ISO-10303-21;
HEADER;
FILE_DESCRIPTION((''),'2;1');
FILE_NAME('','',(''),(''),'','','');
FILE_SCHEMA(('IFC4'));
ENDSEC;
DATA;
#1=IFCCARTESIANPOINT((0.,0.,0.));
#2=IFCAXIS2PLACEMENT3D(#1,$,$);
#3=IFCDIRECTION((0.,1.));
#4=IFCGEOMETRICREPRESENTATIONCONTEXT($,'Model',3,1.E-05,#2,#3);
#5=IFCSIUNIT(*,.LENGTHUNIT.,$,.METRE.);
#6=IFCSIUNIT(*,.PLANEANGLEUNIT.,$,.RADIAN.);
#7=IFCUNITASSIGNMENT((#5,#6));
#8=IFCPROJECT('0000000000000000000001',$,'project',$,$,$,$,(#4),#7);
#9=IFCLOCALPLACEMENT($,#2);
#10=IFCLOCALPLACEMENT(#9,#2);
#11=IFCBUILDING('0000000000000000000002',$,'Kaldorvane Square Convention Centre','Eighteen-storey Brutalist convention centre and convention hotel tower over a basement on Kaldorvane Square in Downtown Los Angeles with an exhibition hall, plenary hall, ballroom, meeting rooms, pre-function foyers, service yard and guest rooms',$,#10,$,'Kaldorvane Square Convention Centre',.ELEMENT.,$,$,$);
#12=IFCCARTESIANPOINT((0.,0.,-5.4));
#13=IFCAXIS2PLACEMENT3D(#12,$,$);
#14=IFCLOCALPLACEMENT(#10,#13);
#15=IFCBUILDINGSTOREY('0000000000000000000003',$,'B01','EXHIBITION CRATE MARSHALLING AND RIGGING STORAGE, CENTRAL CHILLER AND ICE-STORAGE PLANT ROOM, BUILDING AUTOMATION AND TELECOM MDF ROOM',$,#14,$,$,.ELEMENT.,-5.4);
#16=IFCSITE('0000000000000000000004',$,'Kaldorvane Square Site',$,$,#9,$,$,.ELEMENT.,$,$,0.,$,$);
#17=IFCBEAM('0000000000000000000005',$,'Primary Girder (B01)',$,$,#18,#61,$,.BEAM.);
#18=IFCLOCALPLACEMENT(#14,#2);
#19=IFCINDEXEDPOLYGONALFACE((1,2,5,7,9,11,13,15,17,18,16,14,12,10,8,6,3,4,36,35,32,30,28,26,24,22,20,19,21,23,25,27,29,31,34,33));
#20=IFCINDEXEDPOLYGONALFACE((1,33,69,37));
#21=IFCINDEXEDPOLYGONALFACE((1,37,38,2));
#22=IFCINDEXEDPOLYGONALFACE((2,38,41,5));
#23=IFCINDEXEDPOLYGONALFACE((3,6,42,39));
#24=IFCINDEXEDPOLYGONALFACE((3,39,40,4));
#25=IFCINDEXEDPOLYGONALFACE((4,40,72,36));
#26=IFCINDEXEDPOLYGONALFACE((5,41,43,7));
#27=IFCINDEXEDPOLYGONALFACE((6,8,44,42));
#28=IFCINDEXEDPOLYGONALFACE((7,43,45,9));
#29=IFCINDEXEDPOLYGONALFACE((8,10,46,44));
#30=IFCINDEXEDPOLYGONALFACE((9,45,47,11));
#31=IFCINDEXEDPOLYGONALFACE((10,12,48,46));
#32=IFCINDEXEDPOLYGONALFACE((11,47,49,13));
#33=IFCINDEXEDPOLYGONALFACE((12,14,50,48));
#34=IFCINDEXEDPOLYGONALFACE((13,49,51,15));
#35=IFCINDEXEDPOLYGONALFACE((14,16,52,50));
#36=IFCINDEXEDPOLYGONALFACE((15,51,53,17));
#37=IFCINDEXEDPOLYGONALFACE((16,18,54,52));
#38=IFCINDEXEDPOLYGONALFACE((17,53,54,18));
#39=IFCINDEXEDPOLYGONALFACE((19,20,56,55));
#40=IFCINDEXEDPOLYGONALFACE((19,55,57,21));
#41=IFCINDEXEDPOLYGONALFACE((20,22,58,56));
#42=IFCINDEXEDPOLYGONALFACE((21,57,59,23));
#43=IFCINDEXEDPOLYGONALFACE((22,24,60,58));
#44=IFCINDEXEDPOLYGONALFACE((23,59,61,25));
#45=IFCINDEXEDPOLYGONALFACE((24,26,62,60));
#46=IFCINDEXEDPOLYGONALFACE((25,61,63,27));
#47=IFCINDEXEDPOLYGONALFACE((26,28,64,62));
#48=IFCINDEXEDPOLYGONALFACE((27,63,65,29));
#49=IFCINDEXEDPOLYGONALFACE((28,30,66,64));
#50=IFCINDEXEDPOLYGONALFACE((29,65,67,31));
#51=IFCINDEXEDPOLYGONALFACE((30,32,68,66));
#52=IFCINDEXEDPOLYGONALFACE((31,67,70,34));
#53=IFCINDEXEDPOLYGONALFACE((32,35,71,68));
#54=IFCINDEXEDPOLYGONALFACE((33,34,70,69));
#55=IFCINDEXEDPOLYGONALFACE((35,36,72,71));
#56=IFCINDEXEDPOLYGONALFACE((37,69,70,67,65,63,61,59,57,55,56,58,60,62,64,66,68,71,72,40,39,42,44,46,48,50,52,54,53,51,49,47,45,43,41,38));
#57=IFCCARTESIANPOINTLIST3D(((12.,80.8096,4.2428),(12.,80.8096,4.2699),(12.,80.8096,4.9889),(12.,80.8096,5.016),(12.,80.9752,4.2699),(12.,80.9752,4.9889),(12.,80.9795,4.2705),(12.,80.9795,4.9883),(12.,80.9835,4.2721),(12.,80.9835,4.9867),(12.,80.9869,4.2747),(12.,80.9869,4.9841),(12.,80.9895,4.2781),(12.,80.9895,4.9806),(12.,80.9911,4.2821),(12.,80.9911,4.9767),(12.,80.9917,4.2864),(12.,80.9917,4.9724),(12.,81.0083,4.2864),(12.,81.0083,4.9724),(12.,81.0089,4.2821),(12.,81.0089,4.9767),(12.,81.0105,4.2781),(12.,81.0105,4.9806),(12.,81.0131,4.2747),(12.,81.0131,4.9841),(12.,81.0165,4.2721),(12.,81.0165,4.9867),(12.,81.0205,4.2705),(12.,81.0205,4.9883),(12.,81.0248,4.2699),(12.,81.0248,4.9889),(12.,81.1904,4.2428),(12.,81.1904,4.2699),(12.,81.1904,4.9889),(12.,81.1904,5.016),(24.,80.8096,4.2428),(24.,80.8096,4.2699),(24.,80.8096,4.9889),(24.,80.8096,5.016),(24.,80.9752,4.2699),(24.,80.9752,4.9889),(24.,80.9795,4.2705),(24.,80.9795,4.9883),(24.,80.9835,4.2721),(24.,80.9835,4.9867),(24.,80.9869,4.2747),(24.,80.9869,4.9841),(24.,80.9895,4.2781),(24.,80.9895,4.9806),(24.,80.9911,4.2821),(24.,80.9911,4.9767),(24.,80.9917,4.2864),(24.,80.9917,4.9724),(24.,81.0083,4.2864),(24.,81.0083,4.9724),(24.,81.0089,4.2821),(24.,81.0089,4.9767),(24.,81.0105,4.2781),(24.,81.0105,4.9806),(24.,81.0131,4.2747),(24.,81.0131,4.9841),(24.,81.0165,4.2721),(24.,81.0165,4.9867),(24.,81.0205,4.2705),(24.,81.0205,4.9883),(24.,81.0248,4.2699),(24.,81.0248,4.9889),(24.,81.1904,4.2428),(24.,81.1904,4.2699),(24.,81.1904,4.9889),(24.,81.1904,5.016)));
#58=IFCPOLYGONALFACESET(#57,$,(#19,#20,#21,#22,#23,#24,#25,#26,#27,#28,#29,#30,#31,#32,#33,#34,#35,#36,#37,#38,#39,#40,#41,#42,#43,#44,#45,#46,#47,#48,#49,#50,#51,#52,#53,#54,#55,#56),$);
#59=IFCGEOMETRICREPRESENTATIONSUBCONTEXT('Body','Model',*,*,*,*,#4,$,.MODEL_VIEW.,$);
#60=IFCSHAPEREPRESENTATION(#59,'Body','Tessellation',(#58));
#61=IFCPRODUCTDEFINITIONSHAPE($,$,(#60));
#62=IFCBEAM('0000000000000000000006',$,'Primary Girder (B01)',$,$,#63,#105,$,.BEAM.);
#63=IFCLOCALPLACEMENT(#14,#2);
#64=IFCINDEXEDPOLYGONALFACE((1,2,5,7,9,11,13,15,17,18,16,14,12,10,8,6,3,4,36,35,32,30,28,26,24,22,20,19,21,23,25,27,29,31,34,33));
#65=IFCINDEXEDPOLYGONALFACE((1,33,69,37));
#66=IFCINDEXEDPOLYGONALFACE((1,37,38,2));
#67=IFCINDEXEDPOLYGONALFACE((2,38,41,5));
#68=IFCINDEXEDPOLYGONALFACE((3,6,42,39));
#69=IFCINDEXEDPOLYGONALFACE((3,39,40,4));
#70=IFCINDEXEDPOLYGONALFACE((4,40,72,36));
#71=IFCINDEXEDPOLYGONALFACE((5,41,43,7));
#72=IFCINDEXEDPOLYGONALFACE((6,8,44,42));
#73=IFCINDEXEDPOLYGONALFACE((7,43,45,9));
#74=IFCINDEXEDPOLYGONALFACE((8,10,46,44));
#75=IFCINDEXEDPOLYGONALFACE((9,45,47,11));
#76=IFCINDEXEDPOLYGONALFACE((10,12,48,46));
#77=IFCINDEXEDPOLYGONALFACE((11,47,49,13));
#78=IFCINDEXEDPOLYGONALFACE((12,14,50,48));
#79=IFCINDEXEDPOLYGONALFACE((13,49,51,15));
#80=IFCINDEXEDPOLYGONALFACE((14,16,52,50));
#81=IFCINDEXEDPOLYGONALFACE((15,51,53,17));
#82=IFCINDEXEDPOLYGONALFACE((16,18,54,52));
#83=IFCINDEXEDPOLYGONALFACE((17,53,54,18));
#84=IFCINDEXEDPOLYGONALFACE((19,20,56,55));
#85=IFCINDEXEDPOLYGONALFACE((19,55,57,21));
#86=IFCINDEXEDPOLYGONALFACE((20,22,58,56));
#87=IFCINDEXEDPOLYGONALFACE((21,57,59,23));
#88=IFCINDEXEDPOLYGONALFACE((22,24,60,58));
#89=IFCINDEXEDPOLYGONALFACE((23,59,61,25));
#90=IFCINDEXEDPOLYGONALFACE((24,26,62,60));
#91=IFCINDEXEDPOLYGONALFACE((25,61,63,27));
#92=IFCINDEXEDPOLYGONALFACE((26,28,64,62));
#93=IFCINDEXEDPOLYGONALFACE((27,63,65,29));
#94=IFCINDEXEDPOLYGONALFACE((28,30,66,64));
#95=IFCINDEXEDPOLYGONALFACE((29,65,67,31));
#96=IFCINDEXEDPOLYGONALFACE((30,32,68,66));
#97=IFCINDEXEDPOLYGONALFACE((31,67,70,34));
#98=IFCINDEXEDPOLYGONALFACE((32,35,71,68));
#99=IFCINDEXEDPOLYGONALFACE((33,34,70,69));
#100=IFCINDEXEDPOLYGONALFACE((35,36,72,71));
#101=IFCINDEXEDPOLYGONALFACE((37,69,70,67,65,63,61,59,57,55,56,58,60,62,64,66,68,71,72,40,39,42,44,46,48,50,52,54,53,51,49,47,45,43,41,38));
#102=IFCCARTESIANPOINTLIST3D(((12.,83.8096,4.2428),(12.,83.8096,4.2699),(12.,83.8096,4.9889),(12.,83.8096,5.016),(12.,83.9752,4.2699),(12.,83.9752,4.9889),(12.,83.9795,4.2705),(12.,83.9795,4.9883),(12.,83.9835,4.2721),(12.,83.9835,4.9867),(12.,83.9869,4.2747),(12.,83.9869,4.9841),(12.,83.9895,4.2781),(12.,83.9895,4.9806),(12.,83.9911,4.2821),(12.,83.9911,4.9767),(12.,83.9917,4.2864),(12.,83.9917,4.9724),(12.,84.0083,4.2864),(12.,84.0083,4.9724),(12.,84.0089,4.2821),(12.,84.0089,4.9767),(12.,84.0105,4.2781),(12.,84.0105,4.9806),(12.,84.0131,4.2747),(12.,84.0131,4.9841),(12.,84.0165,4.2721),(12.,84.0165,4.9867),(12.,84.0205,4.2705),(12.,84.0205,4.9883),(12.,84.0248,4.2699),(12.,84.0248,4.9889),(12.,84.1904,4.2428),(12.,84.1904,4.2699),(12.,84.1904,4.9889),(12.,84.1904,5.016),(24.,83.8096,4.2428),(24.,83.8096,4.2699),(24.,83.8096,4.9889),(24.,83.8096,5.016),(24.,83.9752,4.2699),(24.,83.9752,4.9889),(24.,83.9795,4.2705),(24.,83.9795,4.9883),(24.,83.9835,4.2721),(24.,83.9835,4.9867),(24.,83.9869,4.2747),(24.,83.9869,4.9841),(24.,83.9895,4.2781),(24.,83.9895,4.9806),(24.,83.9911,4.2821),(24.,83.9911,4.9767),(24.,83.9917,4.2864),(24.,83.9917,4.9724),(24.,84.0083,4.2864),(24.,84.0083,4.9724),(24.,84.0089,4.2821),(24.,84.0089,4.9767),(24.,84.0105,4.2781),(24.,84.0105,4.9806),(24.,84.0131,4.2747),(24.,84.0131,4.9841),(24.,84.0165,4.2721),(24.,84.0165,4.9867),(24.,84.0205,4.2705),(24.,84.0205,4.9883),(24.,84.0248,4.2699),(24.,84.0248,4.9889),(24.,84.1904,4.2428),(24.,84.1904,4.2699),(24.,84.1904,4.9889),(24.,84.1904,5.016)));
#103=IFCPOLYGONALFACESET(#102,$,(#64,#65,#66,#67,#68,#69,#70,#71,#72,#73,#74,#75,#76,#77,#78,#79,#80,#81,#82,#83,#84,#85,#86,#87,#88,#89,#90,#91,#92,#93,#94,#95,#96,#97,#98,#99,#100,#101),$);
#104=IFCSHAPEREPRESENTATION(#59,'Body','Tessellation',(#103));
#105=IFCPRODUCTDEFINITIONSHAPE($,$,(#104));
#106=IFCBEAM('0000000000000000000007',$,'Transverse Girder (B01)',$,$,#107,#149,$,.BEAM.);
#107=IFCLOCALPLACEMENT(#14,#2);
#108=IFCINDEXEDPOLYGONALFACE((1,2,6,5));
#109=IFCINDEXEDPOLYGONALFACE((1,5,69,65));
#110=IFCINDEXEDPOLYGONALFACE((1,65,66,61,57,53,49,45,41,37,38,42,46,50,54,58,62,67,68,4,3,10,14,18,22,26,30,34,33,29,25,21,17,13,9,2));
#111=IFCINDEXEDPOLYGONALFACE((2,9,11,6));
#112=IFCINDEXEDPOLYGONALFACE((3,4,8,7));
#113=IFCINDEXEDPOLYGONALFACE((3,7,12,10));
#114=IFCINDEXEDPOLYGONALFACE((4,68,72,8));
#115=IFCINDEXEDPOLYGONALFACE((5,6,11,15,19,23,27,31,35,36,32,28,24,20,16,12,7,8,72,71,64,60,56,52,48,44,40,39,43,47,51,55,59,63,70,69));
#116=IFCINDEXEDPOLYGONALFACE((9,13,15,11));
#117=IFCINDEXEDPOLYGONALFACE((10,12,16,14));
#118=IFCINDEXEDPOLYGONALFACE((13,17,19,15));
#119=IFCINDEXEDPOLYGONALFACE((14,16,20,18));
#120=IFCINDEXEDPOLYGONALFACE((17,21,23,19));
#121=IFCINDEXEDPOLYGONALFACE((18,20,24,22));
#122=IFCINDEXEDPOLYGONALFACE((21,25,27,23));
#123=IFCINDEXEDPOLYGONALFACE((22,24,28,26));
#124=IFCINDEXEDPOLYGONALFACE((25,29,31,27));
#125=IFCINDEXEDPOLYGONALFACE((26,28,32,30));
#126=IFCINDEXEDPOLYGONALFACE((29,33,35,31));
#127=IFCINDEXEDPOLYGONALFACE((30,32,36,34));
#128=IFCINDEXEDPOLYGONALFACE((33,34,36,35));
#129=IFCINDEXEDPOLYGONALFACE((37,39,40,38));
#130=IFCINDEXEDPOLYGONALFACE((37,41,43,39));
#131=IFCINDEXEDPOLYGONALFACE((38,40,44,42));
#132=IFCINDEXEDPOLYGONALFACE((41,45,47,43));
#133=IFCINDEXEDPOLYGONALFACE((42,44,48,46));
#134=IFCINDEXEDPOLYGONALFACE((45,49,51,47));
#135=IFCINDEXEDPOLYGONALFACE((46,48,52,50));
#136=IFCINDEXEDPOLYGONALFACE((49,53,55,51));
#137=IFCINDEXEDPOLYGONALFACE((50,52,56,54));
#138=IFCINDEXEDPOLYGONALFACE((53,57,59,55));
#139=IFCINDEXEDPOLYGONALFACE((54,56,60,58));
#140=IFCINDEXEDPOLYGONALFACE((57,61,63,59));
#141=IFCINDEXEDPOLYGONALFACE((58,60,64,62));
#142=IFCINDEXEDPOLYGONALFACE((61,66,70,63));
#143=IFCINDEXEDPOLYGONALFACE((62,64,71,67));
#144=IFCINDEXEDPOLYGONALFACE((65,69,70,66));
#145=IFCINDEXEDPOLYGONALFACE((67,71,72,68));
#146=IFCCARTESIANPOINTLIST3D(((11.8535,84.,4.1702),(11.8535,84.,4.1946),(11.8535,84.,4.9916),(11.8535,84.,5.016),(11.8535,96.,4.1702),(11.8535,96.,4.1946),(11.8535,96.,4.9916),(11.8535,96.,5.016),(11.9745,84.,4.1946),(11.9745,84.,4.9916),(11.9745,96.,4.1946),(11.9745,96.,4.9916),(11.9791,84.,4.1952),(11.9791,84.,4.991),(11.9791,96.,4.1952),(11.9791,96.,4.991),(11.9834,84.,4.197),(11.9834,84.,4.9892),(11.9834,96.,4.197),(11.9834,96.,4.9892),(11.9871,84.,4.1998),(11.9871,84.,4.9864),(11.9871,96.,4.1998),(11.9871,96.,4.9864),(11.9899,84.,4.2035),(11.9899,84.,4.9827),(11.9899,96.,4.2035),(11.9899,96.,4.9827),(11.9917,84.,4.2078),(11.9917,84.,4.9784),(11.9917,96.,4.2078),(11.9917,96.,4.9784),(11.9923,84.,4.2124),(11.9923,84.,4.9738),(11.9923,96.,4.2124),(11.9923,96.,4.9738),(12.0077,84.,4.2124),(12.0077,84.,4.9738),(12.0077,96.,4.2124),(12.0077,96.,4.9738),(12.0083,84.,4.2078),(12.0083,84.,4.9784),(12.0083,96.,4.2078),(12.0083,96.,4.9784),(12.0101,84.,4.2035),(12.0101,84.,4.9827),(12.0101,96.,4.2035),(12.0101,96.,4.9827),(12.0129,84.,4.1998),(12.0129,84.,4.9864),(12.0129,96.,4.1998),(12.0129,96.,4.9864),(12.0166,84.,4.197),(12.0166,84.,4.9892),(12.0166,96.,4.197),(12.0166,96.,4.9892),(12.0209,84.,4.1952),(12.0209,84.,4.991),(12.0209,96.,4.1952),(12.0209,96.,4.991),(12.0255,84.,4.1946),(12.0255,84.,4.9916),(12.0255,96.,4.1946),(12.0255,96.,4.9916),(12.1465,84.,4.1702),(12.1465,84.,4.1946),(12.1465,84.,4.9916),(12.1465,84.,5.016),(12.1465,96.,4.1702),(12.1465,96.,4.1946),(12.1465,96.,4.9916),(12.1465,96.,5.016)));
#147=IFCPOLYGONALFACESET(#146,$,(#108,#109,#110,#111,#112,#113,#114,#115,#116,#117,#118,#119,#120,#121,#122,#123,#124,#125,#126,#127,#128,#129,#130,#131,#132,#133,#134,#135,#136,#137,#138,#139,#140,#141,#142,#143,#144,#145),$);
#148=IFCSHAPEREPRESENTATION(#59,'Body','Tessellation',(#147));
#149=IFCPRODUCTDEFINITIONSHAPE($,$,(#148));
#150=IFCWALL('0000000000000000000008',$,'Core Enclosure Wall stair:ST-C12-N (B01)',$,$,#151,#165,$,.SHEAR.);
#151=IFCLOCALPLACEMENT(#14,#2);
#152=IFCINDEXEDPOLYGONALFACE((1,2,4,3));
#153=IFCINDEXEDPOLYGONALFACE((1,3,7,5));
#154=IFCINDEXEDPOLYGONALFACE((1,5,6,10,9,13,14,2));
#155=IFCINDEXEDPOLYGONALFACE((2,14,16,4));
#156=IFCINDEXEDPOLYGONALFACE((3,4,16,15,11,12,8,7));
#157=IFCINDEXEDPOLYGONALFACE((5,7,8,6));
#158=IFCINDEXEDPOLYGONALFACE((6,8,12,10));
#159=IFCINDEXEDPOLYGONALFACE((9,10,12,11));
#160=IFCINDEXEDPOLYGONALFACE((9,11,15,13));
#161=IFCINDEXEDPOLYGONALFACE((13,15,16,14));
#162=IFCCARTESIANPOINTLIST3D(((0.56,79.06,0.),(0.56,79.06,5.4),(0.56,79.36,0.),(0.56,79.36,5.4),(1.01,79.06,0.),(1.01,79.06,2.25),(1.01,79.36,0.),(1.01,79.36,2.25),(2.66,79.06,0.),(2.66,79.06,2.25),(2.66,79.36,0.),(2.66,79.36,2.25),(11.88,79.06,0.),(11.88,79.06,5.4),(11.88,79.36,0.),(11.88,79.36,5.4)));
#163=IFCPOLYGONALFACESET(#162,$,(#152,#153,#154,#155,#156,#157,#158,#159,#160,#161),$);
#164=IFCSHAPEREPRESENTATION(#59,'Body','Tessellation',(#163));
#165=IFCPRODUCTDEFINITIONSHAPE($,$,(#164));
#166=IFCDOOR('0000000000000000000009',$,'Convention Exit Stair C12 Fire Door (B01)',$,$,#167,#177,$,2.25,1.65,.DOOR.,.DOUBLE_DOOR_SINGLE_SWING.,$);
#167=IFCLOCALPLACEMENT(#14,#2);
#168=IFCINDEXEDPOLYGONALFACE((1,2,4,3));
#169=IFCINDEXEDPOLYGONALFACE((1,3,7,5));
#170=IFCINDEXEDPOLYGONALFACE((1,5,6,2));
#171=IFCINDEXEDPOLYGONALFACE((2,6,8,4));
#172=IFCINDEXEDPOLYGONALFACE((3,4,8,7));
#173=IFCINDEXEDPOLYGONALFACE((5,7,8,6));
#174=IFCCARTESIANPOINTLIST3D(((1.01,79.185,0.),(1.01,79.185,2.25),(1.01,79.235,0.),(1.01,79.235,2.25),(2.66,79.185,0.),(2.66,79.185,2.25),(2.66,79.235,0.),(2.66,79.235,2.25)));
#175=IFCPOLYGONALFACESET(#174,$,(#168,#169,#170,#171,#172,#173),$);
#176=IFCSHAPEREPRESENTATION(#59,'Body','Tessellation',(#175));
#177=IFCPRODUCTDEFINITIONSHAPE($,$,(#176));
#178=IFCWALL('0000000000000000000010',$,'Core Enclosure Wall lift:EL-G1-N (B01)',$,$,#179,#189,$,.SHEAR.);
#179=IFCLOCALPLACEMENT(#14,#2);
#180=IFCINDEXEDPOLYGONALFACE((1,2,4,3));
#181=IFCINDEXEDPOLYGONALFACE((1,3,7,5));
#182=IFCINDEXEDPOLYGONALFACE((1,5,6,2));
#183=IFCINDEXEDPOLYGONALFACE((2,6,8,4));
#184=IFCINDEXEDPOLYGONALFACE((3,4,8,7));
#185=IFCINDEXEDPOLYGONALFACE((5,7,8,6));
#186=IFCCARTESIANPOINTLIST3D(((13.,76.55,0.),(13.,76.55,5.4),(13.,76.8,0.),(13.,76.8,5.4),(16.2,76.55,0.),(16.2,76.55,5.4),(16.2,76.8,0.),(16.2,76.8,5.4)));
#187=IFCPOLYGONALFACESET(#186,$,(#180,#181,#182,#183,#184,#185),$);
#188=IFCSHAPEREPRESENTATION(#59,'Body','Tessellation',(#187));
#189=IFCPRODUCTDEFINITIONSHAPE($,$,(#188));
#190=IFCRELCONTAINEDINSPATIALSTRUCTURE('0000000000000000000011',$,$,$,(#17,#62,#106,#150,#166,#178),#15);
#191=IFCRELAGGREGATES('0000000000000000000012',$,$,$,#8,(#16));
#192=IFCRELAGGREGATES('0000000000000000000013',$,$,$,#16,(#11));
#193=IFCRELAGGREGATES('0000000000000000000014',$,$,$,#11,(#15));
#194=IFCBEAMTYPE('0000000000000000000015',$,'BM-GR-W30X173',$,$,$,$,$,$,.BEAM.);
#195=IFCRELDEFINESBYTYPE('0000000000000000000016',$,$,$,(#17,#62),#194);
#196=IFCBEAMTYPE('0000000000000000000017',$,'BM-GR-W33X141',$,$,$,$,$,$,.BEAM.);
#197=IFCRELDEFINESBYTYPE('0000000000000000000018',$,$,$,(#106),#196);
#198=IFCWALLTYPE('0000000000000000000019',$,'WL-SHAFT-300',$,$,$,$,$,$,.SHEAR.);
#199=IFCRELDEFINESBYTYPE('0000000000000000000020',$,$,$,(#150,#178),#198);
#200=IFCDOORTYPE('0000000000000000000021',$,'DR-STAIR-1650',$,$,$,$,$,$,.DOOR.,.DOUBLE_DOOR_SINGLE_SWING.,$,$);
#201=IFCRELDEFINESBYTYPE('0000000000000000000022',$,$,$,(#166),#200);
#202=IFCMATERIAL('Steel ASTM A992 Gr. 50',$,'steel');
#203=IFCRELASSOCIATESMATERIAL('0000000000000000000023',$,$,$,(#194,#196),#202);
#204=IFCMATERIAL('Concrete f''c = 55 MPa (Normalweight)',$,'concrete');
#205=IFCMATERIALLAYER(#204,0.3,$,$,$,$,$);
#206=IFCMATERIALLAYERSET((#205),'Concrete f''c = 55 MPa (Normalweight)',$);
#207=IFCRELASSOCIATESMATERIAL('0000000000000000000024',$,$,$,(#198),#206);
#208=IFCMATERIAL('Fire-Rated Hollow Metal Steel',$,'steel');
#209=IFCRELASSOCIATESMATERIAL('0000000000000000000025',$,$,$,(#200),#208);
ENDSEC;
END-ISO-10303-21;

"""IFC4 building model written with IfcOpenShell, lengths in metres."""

from ifc_helpers import new_model, si_unit, direction, frame, frame_2d, origin, origin_2d, place, context, subcontext, project, spatial, rectangle, i_section, extrude, material, layer, layer_set, material_profile, profile_set, type_object, element, fill, save


model = new_model("IFC4")

# Units and contexts
model_context = context("Model", 3, precision=1e-05, world=origin(), true_north=direction((0.0, 1.0)))
body_context = subcontext(model_context, "Body", "Model", "MODEL_VIEW")
ifc_project = project(units=[si_unit("LENGTHUNIT", "METRE"), si_unit("PLANEANGLEUNIT", "RADIAN")], contexts=[model_context])

# Site, building, storey
site_placement = place(None, origin())
site = spatial("IfcSite", under=ifc_project, at=site_placement, Name="Kaldorvane Square Site", CompositionType="ELEMENT", RefElevation=0.0)
building_placement = place(site_placement, origin())
building = spatial("IfcBuilding", under=site, at=building_placement, Name="Kaldorvane Square Convention Centre", Description="Eighteen-storey Brutalist convention centre and convention hotel tower over a basement on Kaldorvane Square in Downtown Los Angeles with an exhibition hall, plenary hall, ballroom, meeting rooms, pre-function foyers, service yard and guest rooms", LongName="Kaldorvane Square Convention Centre", CompositionType="ELEMENT")
storey_placement = place(building_placement, frame((0.0, 0.0, -5.4)))
storey = spatial("IfcBuildingStorey", under=building, at=storey_placement, Name="B01", Description="EXHIBITION CRATE MARSHALLING AND RIGGING STORAGE, CENTRAL CHILLER AND ICE-STORAGE PLANT ROOM, BUILDING AUTOMATION AND TELECOM MDF ROOM", CompositionType="ELEMENT", Elevation=-5.4)

# Shared definitions
ifc_material_1 = material(Name="Steel ASTM A992 Gr. 50", Category="steel")

# Beams
ifc_material_profile_1 = material_profile(ifc_material_1, i_section(OverallWidth=0.3807, OverallDepth=0.7732, WebThickness=0.0166, FlangeThickness=0.0271, FilletRadius=0.0165, at=origin_2d()), Name="W30X173")
ifc_profile_set_1 = profile_set([ifc_material_profile_1], Name="Steel ASTM A992 Gr. 50")
beam_type_1 = type_object("IfcBeamType", Name="BM-GR-W30X173", PredefinedType="BEAM", material=ifc_profile_set_1)
for number, where, z_axis, x_axis, name in (
    (1, (12.0, 81.0, 4.6294), (1.0, 0.0, 0.0), (0.0, 1.0, 0.0), "Primary Girder (B01)"),
    (2, (12.0, 84.0, 4.6294), (1.0, 0.0, 0.0), (0.0, 1.0, 0.0), "Primary Girder (B01)"),
):
    element("IfcBeam", number, at=place(storey_placement, frame(where, z_axis=z_axis, x_axis=x_axis)), inside=storey, type_object=beam_type_1, Name=name, PredefinedType="BEAM", context=body_context, shape_type="SweptSolid", body=[
        extrude(i_section(OverallWidth=0.3807, OverallDepth=0.7732, WebThickness=0.0166, FlangeThickness=0.0271, FilletRadius=0.0165, at=origin_2d()), origin(), (0.0, 0.0, 1.0), 12.0),
    ])
ifc_material_profile_2 = material_profile(ifc_material_1, i_section(OverallWidth=0.293, OverallDepth=0.8458, WebThickness=0.0154, FlangeThickness=0.0244, FilletRadius=0.0178, at=origin_2d()), Name="W33X141")
ifc_profile_set_2 = profile_set([ifc_material_profile_2], Name="Steel ASTM A992 Gr. 50")
beam_type_2 = type_object("IfcBeamType", Name="BM-GR-W33X141", PredefinedType="BEAM", material=ifc_profile_set_2)
beam_1_placement = place(storey_placement, frame((12.0, 84.0, 4.5931), z_axis=(0.0, 1.0, 0.0), x_axis=(-1.0, 0.0, 0.0)))
element("IfcBeam", 3, at=beam_1_placement, inside=storey, type_object=beam_type_2, Name="Transverse Girder (B01)", PredefinedType="BEAM", context=body_context, shape_type="SweptSolid", body=[
    extrude(i_section(OverallWidth=0.293, OverallDepth=0.8458, WebThickness=0.0154, FlangeThickness=0.0244, FilletRadius=0.0178, at=origin_2d()), origin(), (0.0, 0.0, 1.0), 12.0),
])

# Wall, opening, door
ifc_material_2 = material(Name="Concrete f'c = 55 MPa (Normalweight)", Category="concrete")
ifc_layer = layer(ifc_material_2, 0.3)
ifc_layer_set = layer_set([ifc_layer], Name="Concrete f'c = 55 MPa (Normalweight)")
wall_type = type_object("IfcWallType", Name="WL-SHAFT-300", PredefinedType="SHEAR", material=ifc_layer_set)
wall_1_placement = place(storey_placement, frame((11.88, 79.21, 0.0), z_axis=(0.0, 0.0, 1.0), x_axis=(-1.0, 0.0, 0.0)))
wall_1 = element("IfcWall", 4, at=wall_1_placement, inside=storey, type_object=wall_type, Name="Core Enclosure Wall stair:ST-C12-N (B01)", PredefinedType="SHEAR", context=body_context, shape_type="SweptSolid", body=[
    extrude(rectangle(XDim=11.32, YDim=0.3, at=frame_2d((5.66, 0.0))), origin(), (0.0, 0.0, 1.0), 5.4),
])
opening_placement = place(wall_1_placement, frame((9.22, 0.0, 0.0)))
opening = element("IfcOpeningElement", 5, at=opening_placement, cuts=wall_1, PredefinedType="OPENING", context=body_context, shape_type="SweptSolid", body=[
    extrude(rectangle(XDim=1.65, YDim=2.25, at=frame_2d((0.825, 1.125))), frame((0.0, 0.165, 0.0), z_axis=(0.0, -1.0, 0.0), x_axis=(1.0, 0.0, 0.0)), (0.0, 0.0, 1.0), 0.33),
])
ifc_material_3 = material(Name="Fire-Rated Hollow Metal Steel", Category="steel")
door_type = type_object("IfcDoorType", Name="DR-STAIR-1650", OperationType="DOUBLE_DOOR_SINGLE_SWING", PredefinedType="DOOR", material=ifc_material_3)
door_placement = place(opening_placement, origin())
door = element("IfcDoor", 6, at=door_placement, inside=storey, type_object=door_type, Name="Convention Exit Stair C12 Fire Door (B01)", OperationType="DOUBLE_DOOR_SINGLE_SWING", OverallHeight=2.25, OverallWidth=1.65, PredefinedType="DOOR", context=body_context, shape_type="SweptSolid", body=[
    extrude(rectangle(XDim=1.65, YDim=2.25, at=frame_2d((0.825, 1.125))), frame((0.0, 0.025, 0.0), z_axis=(0.0, -1.0, 0.0), x_axis=(1.0, 0.0, 0.0)), (0.0, 0.0, 1.0), 0.05),
])
fill(opening, door)

# Wall
wall_2_placement = place(storey_placement, frame((16.2, 76.675, 0.0), z_axis=(0.0, 0.0, 1.0), x_axis=(-1.0, 0.0, 0.0)))
element("IfcWall", 7, at=wall_2_placement, inside=storey, type_object=wall_type, Name="Core Enclosure Wall lift:EL-G1-N (B01)", PredefinedType="SHEAR", context=body_context, shape_type="SweptSolid", body=[
    extrude(rectangle(XDim=3.2, YDim=0.25, at=frame_2d((1.6, 0.0))), origin(), (0.0, 0.0, 1.0), 5.4),
])

save(model, "model.ifc")
